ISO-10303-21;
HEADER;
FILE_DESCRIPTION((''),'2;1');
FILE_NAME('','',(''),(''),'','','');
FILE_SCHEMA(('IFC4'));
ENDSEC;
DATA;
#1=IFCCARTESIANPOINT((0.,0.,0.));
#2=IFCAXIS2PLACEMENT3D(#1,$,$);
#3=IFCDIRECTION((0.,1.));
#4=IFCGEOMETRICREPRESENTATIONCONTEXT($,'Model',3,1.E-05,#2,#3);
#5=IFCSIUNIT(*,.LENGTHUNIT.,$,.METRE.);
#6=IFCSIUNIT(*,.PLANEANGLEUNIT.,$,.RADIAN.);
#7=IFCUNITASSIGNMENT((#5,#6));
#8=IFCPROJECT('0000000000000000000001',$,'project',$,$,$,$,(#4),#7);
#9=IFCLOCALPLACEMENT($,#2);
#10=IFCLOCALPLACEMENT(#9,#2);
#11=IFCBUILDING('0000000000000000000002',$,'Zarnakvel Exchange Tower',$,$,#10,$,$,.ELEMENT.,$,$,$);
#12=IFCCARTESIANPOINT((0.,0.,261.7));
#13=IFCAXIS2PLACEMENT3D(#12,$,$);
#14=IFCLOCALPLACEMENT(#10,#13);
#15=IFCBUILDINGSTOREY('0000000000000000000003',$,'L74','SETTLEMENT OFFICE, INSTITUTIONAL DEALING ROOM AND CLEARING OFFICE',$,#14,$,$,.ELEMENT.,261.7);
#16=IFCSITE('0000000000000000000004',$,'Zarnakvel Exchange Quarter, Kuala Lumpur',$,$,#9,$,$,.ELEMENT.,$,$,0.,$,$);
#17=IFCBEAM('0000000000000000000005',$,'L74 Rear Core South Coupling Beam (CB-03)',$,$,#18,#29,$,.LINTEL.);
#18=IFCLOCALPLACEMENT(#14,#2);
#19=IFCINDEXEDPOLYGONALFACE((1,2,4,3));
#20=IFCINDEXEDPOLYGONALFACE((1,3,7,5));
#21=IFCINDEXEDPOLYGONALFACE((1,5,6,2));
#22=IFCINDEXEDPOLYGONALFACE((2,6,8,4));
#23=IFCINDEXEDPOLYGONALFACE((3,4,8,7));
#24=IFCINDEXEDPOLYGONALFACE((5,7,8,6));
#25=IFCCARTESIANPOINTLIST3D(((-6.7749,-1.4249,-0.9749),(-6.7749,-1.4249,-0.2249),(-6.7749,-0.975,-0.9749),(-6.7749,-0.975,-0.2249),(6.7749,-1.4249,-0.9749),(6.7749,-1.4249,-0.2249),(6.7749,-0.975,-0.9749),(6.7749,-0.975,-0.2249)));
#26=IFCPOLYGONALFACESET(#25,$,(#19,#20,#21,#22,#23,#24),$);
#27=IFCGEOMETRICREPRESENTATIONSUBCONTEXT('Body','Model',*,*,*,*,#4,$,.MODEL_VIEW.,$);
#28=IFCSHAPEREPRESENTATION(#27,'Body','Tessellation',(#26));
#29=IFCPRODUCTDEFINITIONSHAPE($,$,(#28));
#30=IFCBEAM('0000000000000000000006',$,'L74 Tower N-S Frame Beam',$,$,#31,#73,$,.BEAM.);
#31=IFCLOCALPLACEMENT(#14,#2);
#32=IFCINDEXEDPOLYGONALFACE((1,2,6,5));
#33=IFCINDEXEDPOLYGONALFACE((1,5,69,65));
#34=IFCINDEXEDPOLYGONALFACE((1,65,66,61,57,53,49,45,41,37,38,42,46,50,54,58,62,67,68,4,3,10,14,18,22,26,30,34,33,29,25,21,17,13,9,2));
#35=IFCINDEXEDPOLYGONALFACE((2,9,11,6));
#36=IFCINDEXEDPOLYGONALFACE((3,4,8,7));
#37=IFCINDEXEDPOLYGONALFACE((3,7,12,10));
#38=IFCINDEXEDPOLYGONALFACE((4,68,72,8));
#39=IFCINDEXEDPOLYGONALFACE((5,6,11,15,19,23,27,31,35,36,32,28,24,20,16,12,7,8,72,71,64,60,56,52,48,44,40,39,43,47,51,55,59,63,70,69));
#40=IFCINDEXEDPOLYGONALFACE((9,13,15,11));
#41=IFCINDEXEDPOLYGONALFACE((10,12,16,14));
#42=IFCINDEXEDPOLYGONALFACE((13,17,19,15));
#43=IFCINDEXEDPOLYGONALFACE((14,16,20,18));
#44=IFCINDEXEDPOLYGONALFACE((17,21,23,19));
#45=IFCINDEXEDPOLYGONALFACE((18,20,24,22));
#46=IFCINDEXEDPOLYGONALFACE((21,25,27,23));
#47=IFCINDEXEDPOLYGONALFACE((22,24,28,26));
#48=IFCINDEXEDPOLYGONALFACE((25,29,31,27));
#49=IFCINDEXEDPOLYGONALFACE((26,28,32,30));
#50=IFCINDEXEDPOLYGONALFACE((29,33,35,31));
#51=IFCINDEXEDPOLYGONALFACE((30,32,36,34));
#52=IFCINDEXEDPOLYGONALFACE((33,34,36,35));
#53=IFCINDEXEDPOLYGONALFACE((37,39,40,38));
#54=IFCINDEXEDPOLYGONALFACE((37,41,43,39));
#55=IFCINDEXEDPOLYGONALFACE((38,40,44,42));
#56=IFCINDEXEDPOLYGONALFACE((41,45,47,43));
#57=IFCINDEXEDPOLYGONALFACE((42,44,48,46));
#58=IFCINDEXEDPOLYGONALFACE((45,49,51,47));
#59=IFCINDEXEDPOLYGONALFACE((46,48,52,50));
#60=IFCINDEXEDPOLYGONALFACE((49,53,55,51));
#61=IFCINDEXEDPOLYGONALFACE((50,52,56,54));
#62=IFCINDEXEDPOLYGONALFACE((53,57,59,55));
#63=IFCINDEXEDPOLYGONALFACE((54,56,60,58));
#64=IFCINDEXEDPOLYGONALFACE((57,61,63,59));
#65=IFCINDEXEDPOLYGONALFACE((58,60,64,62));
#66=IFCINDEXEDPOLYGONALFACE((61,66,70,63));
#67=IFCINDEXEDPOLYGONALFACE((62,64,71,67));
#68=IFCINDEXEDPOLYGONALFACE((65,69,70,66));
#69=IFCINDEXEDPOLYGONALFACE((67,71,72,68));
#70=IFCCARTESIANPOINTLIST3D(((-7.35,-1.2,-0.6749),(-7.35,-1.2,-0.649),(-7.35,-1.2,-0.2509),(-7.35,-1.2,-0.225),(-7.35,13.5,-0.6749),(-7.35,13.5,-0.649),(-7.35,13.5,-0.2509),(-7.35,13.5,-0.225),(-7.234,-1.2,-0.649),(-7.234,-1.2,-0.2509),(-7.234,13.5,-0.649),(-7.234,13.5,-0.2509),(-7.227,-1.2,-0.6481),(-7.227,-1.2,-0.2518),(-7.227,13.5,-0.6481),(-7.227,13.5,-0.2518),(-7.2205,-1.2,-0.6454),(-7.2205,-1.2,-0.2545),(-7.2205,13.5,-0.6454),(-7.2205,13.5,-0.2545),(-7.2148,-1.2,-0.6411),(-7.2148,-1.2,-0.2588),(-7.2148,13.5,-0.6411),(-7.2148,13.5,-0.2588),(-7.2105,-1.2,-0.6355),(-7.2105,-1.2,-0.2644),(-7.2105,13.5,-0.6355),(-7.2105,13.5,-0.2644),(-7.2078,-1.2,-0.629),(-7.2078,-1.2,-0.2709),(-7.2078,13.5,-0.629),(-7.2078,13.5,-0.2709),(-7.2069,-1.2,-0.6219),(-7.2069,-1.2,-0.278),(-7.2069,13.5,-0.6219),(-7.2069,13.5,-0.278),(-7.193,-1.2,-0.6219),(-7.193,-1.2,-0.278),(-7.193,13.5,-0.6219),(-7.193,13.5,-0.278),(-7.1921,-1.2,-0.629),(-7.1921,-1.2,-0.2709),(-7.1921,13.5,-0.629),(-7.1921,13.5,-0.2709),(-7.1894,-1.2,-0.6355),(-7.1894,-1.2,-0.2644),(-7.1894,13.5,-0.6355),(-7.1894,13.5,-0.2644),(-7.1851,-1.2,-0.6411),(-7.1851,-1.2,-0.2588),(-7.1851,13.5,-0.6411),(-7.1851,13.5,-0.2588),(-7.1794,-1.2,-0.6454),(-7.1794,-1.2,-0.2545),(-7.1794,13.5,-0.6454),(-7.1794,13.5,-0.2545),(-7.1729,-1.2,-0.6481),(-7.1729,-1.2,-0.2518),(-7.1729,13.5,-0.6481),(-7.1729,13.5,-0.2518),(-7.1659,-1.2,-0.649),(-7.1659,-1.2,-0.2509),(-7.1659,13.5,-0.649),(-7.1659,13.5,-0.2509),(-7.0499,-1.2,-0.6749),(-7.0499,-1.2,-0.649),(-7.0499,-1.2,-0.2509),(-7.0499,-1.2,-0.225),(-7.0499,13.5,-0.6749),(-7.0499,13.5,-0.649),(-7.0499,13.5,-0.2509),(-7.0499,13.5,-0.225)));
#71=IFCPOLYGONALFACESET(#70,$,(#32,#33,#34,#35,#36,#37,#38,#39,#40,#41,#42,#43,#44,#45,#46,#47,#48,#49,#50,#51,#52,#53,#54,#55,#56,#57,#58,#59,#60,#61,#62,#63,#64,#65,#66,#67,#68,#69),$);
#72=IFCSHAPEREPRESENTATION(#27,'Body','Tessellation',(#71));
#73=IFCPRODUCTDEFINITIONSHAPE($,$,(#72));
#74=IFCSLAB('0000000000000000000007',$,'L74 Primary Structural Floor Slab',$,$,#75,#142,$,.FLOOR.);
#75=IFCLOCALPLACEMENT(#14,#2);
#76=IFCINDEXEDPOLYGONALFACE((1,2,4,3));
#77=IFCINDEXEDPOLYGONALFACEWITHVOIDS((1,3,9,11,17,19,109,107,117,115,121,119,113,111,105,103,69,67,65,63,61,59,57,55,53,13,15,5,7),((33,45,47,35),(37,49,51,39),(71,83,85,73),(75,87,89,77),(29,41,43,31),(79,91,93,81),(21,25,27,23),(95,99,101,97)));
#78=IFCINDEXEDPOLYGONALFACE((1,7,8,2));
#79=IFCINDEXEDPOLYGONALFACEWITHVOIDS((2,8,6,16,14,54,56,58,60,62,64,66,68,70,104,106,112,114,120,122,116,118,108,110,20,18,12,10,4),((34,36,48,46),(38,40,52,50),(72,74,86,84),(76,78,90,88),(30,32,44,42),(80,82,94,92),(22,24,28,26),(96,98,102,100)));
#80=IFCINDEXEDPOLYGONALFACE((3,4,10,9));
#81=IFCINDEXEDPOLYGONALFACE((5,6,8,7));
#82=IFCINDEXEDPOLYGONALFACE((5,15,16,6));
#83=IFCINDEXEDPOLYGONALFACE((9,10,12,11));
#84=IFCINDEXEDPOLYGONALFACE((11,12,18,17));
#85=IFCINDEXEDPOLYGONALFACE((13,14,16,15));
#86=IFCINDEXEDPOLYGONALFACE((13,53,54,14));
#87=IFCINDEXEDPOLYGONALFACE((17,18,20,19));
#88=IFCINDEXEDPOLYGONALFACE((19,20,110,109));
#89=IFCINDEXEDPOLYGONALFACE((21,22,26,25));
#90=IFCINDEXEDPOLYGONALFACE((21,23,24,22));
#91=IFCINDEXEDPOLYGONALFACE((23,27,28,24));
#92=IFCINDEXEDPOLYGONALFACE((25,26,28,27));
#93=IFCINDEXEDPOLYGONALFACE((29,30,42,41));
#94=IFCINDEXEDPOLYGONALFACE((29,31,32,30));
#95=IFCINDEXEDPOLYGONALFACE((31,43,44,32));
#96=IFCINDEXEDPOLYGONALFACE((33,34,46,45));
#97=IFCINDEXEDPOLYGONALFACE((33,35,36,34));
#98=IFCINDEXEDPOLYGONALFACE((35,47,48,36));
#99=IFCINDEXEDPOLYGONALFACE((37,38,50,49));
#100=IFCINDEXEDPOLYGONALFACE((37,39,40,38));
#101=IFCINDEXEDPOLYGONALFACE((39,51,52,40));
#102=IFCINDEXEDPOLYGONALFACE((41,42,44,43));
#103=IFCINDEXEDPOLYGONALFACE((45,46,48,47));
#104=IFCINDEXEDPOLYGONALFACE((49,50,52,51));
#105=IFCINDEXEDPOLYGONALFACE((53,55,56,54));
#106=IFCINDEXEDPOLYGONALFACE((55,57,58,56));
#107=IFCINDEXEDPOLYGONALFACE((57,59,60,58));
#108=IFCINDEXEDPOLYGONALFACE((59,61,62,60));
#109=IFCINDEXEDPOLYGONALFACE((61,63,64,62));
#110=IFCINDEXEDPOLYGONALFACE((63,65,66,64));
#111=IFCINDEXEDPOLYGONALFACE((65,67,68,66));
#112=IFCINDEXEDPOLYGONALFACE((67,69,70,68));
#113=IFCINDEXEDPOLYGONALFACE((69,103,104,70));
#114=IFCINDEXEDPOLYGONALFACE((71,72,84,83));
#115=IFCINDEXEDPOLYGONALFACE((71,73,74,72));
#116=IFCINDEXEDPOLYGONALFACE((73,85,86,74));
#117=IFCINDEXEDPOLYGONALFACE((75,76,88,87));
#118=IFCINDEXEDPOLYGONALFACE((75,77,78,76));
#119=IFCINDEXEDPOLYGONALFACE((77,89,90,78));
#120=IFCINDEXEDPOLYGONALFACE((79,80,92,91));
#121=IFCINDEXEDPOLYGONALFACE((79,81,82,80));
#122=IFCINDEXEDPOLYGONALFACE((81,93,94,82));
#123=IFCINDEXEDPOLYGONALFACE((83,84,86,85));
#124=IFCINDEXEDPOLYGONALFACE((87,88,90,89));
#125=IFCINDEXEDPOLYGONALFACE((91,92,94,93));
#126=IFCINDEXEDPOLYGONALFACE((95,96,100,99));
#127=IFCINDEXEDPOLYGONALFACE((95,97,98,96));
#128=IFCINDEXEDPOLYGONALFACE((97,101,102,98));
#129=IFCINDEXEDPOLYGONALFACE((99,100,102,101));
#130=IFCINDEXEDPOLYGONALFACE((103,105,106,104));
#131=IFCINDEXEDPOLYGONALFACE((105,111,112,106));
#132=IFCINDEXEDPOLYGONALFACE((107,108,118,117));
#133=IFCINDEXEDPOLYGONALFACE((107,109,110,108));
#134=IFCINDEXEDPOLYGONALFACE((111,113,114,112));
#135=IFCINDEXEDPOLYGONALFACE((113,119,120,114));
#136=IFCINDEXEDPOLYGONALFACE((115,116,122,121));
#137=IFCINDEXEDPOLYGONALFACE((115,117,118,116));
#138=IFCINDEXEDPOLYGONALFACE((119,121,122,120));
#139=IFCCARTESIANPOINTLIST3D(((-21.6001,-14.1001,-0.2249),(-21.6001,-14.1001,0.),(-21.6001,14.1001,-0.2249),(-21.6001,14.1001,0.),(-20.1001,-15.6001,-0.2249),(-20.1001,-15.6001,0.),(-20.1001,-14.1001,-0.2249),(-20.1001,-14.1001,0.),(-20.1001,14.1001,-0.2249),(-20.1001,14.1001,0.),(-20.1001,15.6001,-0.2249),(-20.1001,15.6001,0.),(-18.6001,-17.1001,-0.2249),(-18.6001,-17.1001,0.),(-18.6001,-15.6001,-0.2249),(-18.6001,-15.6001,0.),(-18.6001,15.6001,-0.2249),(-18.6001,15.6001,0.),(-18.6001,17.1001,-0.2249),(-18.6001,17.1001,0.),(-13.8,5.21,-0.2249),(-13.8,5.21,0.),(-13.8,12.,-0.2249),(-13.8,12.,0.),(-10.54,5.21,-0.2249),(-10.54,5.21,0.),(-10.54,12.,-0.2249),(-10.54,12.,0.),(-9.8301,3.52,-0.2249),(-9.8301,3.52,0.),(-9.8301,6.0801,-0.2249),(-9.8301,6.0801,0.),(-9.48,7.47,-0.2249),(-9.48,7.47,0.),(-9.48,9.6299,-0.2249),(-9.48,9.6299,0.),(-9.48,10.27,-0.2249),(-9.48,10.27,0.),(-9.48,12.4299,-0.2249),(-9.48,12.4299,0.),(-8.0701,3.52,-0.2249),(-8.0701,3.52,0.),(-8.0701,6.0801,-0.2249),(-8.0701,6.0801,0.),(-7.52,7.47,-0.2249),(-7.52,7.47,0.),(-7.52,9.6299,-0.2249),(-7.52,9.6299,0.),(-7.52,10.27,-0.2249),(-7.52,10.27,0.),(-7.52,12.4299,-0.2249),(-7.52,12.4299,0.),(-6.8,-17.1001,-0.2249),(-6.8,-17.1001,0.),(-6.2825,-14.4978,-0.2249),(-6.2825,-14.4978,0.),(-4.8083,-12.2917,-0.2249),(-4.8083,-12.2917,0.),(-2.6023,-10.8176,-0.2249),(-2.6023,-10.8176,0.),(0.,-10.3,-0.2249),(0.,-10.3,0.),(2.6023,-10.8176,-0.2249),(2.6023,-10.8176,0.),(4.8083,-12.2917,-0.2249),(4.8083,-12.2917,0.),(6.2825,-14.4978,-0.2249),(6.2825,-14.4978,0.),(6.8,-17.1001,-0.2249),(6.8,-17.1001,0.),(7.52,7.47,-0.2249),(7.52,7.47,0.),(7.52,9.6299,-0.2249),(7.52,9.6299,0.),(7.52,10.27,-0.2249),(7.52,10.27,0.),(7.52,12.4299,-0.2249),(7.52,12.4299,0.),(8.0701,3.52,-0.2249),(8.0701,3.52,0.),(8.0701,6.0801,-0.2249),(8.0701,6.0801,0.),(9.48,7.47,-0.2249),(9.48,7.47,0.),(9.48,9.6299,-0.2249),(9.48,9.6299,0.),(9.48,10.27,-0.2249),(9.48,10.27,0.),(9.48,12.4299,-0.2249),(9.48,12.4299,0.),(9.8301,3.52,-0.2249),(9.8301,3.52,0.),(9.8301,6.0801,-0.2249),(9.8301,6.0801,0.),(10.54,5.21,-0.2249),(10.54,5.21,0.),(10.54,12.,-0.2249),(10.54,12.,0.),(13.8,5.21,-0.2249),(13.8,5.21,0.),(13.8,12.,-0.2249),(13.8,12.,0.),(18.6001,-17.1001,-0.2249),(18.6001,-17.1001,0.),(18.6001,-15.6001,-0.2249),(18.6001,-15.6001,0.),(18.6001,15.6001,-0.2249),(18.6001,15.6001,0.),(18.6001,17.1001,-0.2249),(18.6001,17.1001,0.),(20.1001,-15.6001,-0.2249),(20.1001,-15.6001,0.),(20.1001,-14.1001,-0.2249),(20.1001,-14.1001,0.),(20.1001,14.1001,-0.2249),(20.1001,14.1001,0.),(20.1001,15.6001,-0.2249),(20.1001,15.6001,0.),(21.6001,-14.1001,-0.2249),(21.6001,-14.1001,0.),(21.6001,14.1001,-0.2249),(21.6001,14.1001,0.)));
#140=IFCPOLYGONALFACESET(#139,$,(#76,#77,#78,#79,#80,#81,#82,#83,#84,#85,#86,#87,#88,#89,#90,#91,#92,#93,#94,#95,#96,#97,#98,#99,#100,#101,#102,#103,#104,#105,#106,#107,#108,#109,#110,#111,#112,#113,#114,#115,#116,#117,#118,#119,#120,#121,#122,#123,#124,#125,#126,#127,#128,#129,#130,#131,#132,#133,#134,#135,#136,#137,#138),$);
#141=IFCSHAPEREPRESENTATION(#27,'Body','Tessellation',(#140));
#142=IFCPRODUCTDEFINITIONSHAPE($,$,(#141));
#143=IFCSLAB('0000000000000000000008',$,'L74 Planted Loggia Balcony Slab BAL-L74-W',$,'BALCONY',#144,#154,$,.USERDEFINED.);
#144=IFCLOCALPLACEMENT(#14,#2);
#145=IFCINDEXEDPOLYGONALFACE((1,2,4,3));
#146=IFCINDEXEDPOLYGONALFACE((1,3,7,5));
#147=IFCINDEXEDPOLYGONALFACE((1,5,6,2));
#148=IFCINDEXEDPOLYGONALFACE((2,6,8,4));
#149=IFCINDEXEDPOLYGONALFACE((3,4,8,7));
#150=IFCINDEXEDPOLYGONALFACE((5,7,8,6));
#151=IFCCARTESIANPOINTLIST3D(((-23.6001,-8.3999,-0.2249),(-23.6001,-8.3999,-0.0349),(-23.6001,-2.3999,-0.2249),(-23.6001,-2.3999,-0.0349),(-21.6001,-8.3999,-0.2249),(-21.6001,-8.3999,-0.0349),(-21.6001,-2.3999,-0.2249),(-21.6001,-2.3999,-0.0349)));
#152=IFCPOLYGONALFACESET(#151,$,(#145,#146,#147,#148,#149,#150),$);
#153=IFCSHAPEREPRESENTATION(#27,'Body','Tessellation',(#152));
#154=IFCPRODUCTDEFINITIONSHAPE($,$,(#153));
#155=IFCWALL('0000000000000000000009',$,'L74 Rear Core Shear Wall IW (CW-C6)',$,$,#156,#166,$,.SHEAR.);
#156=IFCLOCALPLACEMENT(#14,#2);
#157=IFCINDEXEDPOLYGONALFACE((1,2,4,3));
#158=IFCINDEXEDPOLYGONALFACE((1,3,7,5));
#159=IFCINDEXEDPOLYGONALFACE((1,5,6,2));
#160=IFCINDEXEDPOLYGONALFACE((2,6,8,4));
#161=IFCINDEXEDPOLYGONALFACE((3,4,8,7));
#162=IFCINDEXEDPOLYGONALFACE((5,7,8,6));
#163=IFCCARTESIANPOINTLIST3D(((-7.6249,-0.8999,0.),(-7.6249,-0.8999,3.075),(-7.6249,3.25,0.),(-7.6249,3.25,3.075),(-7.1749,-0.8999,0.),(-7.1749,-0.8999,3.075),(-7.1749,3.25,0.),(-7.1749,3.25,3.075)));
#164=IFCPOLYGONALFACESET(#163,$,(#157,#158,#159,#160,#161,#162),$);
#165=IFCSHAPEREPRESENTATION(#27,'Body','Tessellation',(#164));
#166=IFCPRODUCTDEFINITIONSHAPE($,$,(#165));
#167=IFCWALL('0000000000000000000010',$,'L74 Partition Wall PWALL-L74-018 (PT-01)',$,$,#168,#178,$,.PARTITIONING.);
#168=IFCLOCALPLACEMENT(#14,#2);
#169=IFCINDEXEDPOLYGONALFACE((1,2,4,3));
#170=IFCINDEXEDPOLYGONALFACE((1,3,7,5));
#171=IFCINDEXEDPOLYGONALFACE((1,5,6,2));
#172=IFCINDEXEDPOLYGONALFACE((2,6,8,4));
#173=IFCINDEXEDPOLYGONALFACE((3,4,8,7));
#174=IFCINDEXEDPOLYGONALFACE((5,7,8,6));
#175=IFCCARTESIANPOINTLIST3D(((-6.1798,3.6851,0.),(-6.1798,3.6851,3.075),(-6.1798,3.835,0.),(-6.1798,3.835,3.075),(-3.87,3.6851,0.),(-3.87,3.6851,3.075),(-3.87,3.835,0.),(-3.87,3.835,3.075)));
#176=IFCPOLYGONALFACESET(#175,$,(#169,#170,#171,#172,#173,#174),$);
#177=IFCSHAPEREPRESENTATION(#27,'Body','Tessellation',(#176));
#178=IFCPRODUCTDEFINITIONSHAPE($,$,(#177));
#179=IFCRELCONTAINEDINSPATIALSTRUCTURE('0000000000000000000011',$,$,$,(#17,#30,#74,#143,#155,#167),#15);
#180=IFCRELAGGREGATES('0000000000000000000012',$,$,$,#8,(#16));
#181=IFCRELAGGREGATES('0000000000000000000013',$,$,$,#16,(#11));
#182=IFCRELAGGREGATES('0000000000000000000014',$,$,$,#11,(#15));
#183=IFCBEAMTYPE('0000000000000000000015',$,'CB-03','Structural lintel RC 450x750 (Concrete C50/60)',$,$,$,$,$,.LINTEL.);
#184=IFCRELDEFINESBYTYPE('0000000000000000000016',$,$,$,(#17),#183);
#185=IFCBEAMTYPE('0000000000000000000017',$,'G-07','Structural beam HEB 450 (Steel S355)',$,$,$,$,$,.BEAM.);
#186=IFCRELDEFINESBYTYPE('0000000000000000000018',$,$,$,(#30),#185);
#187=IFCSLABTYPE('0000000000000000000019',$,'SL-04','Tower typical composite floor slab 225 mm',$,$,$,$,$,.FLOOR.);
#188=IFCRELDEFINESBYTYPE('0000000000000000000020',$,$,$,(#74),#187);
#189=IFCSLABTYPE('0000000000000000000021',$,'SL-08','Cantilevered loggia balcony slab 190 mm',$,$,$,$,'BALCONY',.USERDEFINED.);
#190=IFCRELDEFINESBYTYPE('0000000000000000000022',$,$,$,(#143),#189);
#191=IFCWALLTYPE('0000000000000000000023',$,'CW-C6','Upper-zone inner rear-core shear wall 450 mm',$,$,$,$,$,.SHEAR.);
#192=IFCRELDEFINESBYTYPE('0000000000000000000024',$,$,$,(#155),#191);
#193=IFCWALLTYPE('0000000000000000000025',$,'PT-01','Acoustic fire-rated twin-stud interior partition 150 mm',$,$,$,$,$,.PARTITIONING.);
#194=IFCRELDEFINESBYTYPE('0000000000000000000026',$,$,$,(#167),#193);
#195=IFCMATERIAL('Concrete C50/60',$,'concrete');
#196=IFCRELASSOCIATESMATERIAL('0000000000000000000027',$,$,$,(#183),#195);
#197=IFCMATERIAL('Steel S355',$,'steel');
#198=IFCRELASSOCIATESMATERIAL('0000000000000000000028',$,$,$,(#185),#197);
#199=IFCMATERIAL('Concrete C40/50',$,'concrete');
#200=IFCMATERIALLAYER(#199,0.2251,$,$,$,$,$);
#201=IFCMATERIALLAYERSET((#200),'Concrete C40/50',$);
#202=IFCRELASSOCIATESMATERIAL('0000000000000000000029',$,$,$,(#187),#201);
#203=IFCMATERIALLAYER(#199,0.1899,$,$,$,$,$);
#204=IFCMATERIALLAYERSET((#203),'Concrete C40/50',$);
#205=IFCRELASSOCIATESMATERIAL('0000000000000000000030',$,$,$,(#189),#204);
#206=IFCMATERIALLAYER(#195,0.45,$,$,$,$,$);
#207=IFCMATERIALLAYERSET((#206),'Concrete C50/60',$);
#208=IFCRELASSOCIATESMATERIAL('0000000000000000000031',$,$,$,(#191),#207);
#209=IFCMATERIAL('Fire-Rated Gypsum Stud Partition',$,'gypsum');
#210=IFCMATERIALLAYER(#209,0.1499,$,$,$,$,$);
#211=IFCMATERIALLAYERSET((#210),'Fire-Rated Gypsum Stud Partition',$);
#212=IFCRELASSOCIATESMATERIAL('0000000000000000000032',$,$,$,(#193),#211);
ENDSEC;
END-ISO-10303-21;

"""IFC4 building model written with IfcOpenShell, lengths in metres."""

from ifc_helpers import new_model, si_unit, direction, frame, frame_2d, origin, origin_2d, place, context, subcontext, project, spatial, polyline, rectangle, i_section, outline, extrude, material, layer, layer_set, material_profile, profile_set, type_object, element, save


model = new_model("IFC4")

# Units and contexts
model_context = context("Model", 3, precision=1e-05, world=origin(), true_north=direction((0.0, 1.0)))
body_context = subcontext(model_context, "Body", "Model", "MODEL_VIEW")
ifc_project = project(units=[si_unit("LENGTHUNIT", "METRE"), si_unit("PLANEANGLEUNIT", "RADIAN")], contexts=[model_context])

# Site, building, storey
site_placement = place(None, origin())
site = spatial("IfcSite", under=ifc_project, at=site_placement, Name="Zarnakvel Exchange Quarter, Kuala Lumpur", CompositionType="ELEMENT", RefElevation=0.0)
building_placement = place(site_placement, origin())
building = spatial("IfcBuilding", under=site, at=building_placement, Name="Zarnakvel Exchange Tower", CompositionType="ELEMENT")
storey_placement = place(building_placement, frame((0.0, 0.0, 261.7)))
storey = spatial("IfcBuildingStorey", under=building, at=storey_placement, Name="L74", Description="SETTLEMENT OFFICE, INSTITUTIONAL DEALING ROOM AND CLEARING OFFICE", CompositionType="ELEMENT", Elevation=261.7)

# Beams
ifc_material_1 = material(Name="Concrete C50/60", Category="concrete")
ifc_material_profile_1 = material_profile(ifc_material_1, rectangle(XDim=0.45, YDim=0.75, at=origin_2d()))
ifc_profile_set_1 = profile_set([ifc_material_profile_1], Name="Concrete C50/60")
beam_type_1 = type_object("IfcBeamType", Name="CB-03", Description="Structural lintel RC 450x750 (Concrete C50/60)", PredefinedType="LINTEL", material=ifc_profile_set_1)
beam_1_placement = place(storey_placement, frame((-6.7749, -1.2, -0.5999), z_axis=(1.0, 0.0, 0.0), x_axis=(0.0, 1.0, 0.0)))
element("IfcBeam", 1, at=beam_1_placement, inside=storey, type_object=beam_type_1, Name="L74 Rear Core South Coupling Beam (CB-03)", PredefinedType="LINTEL", context=body_context, shape_type="SweptSolid", body=[
    extrude(rectangle(XDim=0.45, YDim=0.75, at=origin_2d()), origin(), (0.0, 0.0, 1.0), 13.5498),
])
ifc_material_2 = material(Name="Steel S355", Category="steel")
ifc_material_profile_2 = material_profile(ifc_material_2, i_section(OverallWidth=0.3, OverallDepth=0.45, WebThickness=0.0139, FlangeThickness=0.0259, FilletRadius=0.0271, at=origin_2d()))
ifc_profile_set_2 = profile_set([ifc_material_profile_2], Name="Steel S355")
beam_type_2 = type_object("IfcBeamType", Name="G-07", Description="Structural beam HEB 450 (Steel S355)", PredefinedType="BEAM", material=ifc_profile_set_2)
beam_2_placement = place(storey_placement, frame((-7.2, -1.2, -0.45), z_axis=(0.0, 1.0, 0.0), x_axis=(-1.0, 0.0, 0.0)))
element("IfcBeam", 2, at=beam_2_placement, inside=storey, type_object=beam_type_2, Name="L74 Tower N-S Frame Beam", PredefinedType="BEAM", context=body_context, shape_type="SweptSolid", body=[
    extrude(i_section(OverallWidth=0.3, OverallDepth=0.45, WebThickness=0.0139, FlangeThickness=0.0259, FilletRadius=0.0271, at=origin_2d()), origin(), (0.0, 0.0, 1.0), 14.7),
])

# Slabs
ifc_material_3 = material(Name="Concrete C40/50", Category="concrete")
ifc_layer_1 = layer(ifc_material_3, 0.2251)
ifc_layer_set_1 = layer_set([ifc_layer_1], Name="Concrete C40/50")
slab_type_1 = type_object("IfcSlabType", Name="SL-04", Description="Tower typical composite floor slab 225 mm", PredefinedType="FLOOR", material=ifc_layer_set_1)
slab_1_placement = place(storey_placement, frame((0.0, 0.0, -0.2249)))
element("IfcSlab", 3, at=slab_1_placement, inside=storey, type_object=slab_type_1, Name="L74 Primary Structural Floor Slab", PredefinedType="FLOOR", context=body_context, shape_type="SweptSolid", body=[
    extrude(outline(polyline([(-21.6001, -14.1001), (-20.1001, -14.1001), (-20.1001, -15.6001), (-18.6001, -15.6001), (-18.6001, -17.1001), (-6.8, -17.1001), (-6.2825, -14.4978), (-4.8083, -12.2917), (-2.6023, -10.8176), (0.0, -10.3), (2.6023, -10.8176), (4.8083, -12.2917), (6.2825, -14.4978), (6.8, -17.1001), (18.6001, -17.1001), (18.6001, -15.6001), (20.1001, -15.6001), (20.1001, -14.1001), (21.6001, -14.1001), (21.6001, 14.1001), (20.1001, 14.1001), (20.1001, 15.6001), (18.6001, 15.6001), (18.6001, 17.1001), (-18.6001, 17.1001), (-18.6001, 15.6001), (-20.1001, 15.6001), (-20.1001, 14.1001), (-21.6001, 14.1001), (-21.6001, -14.1001)]), holes=[polyline([(-13.8, 5.21), (-10.54, 5.21), (-10.54, 12.0), (-13.8, 12.0), (-13.8, 5.21)]), polyline([(10.54, 5.21), (13.8, 5.21), (13.8, 12.0), (10.54, 12.0), (10.54, 5.21)]), polyline([(-9.8301, 3.52), (-8.0701, 3.52), (-8.0701, 6.0801), (-9.8301, 6.0801), (-9.8301, 3.52)]), polyline([(8.0701, 3.52), (9.8301, 3.52), (9.8301, 6.0801), (8.0701, 6.0801), (8.0701, 3.52)]), polyline([(-9.48, 7.47), (-7.52, 7.47), (-7.52, 9.6299), (-9.48, 9.6299), (-9.48, 7.47)]), polyline([(-9.48, 10.27), (-7.52, 10.27), (-7.52, 12.4299), (-9.48, 12.4299), (-9.48, 10.27)]), polyline([(7.52, 7.47), (9.48, 7.47), (9.48, 9.6299), (7.52, 9.6299), (7.52, 7.47)]), polyline([(7.52, 10.27), (9.48, 10.27), (9.48, 12.4299), (7.52, 12.4299), (7.52, 10.27)])]), origin(), (0.0, 0.0, 1.0), 0.2249),
])
ifc_layer_2 = layer(ifc_material_3, 0.1899)
ifc_layer_set_2 = layer_set([ifc_layer_2], Name="Concrete C40/50")
slab_type_2 = type_object("IfcSlabType", Name="SL-08", Description="Cantilevered loggia balcony slab 190 mm", ElementType="BALCONY", PredefinedType="USERDEFINED", material=ifc_layer_set_2)
slab_2_placement = place(storey_placement, frame((0.0, 0.0, -0.2249)))
element("IfcSlab", 4, at=slab_2_placement, inside=storey, type_object=slab_type_2, Name="L74 Planted Loggia Balcony Slab BAL-L74-W", ObjectType="BALCONY", PredefinedType="USERDEFINED", context=body_context, shape_type="SweptSolid", body=[
    extrude(outline(polyline([(-23.6001, -8.3999), (-21.6001, -8.3999), (-21.6001, -2.3999), (-23.6001, -2.3999), (-23.6001, -8.3999)])), origin(), (0.0, 0.0, 1.0), 0.1899),
])

# Walls
ifc_layer_3 = layer(ifc_material_1, 0.45)
ifc_layer_set_3 = layer_set([ifc_layer_3], Name="Concrete C50/60")
wall_type_1 = type_object("IfcWallType", Name="CW-C6", Description="Upper-zone inner rear-core shear wall 450 mm", PredefinedType="SHEAR", material=ifc_layer_set_3)
wall_1_placement = place(storey_placement, frame((-7.3999, -0.8999, 0.0), z_axis=(0.0, 0.0, 1.0), x_axis=(0.0, 1.0, 0.0)))
element("IfcWall", 5, at=wall_1_placement, inside=storey, type_object=wall_type_1, Name="L74 Rear Core Shear Wall IW (CW-C6)", PredefinedType="SHEAR", context=body_context, shape_type="SweptSolid", body=[
    extrude(rectangle(XDim=4.1499, YDim=0.45, at=frame_2d((2.075, 0.0))), origin(), (0.0, 0.0, 1.0), 3.075),
])
ifc_material_4 = material(Name="Fire-Rated Gypsum Stud Partition", Category="gypsum")
ifc_layer_4 = layer(ifc_material_4, 0.1499)
ifc_layer_set_4 = layer_set([ifc_layer_4], Name="Fire-Rated Gypsum Stud Partition")
wall_type_2 = type_object("IfcWallType", Name="PT-01", Description="Acoustic fire-rated twin-stud interior partition 150 mm", PredefinedType="PARTITIONING", material=ifc_layer_set_4)
wall_2_placement = place(storey_placement, frame((-3.8701, 3.76, 0.0), z_axis=(0.0, 0.0, 1.0), x_axis=(-1.0, 0.0, 0.0)))
element("IfcWall", 6, at=wall_2_placement, inside=storey, type_object=wall_type_2, Name="L74 Partition Wall PWALL-L74-018 (PT-01)", PredefinedType="PARTITIONING", context=body_context, shape_type="SweptSolid", body=[
    extrude(rectangle(XDim=2.3098, YDim=0.1499, at=frame_2d((1.1548, 0.0))), origin(), (0.0, 0.0, 1.0), 3.075),
])

save(model, "model.ifc")
